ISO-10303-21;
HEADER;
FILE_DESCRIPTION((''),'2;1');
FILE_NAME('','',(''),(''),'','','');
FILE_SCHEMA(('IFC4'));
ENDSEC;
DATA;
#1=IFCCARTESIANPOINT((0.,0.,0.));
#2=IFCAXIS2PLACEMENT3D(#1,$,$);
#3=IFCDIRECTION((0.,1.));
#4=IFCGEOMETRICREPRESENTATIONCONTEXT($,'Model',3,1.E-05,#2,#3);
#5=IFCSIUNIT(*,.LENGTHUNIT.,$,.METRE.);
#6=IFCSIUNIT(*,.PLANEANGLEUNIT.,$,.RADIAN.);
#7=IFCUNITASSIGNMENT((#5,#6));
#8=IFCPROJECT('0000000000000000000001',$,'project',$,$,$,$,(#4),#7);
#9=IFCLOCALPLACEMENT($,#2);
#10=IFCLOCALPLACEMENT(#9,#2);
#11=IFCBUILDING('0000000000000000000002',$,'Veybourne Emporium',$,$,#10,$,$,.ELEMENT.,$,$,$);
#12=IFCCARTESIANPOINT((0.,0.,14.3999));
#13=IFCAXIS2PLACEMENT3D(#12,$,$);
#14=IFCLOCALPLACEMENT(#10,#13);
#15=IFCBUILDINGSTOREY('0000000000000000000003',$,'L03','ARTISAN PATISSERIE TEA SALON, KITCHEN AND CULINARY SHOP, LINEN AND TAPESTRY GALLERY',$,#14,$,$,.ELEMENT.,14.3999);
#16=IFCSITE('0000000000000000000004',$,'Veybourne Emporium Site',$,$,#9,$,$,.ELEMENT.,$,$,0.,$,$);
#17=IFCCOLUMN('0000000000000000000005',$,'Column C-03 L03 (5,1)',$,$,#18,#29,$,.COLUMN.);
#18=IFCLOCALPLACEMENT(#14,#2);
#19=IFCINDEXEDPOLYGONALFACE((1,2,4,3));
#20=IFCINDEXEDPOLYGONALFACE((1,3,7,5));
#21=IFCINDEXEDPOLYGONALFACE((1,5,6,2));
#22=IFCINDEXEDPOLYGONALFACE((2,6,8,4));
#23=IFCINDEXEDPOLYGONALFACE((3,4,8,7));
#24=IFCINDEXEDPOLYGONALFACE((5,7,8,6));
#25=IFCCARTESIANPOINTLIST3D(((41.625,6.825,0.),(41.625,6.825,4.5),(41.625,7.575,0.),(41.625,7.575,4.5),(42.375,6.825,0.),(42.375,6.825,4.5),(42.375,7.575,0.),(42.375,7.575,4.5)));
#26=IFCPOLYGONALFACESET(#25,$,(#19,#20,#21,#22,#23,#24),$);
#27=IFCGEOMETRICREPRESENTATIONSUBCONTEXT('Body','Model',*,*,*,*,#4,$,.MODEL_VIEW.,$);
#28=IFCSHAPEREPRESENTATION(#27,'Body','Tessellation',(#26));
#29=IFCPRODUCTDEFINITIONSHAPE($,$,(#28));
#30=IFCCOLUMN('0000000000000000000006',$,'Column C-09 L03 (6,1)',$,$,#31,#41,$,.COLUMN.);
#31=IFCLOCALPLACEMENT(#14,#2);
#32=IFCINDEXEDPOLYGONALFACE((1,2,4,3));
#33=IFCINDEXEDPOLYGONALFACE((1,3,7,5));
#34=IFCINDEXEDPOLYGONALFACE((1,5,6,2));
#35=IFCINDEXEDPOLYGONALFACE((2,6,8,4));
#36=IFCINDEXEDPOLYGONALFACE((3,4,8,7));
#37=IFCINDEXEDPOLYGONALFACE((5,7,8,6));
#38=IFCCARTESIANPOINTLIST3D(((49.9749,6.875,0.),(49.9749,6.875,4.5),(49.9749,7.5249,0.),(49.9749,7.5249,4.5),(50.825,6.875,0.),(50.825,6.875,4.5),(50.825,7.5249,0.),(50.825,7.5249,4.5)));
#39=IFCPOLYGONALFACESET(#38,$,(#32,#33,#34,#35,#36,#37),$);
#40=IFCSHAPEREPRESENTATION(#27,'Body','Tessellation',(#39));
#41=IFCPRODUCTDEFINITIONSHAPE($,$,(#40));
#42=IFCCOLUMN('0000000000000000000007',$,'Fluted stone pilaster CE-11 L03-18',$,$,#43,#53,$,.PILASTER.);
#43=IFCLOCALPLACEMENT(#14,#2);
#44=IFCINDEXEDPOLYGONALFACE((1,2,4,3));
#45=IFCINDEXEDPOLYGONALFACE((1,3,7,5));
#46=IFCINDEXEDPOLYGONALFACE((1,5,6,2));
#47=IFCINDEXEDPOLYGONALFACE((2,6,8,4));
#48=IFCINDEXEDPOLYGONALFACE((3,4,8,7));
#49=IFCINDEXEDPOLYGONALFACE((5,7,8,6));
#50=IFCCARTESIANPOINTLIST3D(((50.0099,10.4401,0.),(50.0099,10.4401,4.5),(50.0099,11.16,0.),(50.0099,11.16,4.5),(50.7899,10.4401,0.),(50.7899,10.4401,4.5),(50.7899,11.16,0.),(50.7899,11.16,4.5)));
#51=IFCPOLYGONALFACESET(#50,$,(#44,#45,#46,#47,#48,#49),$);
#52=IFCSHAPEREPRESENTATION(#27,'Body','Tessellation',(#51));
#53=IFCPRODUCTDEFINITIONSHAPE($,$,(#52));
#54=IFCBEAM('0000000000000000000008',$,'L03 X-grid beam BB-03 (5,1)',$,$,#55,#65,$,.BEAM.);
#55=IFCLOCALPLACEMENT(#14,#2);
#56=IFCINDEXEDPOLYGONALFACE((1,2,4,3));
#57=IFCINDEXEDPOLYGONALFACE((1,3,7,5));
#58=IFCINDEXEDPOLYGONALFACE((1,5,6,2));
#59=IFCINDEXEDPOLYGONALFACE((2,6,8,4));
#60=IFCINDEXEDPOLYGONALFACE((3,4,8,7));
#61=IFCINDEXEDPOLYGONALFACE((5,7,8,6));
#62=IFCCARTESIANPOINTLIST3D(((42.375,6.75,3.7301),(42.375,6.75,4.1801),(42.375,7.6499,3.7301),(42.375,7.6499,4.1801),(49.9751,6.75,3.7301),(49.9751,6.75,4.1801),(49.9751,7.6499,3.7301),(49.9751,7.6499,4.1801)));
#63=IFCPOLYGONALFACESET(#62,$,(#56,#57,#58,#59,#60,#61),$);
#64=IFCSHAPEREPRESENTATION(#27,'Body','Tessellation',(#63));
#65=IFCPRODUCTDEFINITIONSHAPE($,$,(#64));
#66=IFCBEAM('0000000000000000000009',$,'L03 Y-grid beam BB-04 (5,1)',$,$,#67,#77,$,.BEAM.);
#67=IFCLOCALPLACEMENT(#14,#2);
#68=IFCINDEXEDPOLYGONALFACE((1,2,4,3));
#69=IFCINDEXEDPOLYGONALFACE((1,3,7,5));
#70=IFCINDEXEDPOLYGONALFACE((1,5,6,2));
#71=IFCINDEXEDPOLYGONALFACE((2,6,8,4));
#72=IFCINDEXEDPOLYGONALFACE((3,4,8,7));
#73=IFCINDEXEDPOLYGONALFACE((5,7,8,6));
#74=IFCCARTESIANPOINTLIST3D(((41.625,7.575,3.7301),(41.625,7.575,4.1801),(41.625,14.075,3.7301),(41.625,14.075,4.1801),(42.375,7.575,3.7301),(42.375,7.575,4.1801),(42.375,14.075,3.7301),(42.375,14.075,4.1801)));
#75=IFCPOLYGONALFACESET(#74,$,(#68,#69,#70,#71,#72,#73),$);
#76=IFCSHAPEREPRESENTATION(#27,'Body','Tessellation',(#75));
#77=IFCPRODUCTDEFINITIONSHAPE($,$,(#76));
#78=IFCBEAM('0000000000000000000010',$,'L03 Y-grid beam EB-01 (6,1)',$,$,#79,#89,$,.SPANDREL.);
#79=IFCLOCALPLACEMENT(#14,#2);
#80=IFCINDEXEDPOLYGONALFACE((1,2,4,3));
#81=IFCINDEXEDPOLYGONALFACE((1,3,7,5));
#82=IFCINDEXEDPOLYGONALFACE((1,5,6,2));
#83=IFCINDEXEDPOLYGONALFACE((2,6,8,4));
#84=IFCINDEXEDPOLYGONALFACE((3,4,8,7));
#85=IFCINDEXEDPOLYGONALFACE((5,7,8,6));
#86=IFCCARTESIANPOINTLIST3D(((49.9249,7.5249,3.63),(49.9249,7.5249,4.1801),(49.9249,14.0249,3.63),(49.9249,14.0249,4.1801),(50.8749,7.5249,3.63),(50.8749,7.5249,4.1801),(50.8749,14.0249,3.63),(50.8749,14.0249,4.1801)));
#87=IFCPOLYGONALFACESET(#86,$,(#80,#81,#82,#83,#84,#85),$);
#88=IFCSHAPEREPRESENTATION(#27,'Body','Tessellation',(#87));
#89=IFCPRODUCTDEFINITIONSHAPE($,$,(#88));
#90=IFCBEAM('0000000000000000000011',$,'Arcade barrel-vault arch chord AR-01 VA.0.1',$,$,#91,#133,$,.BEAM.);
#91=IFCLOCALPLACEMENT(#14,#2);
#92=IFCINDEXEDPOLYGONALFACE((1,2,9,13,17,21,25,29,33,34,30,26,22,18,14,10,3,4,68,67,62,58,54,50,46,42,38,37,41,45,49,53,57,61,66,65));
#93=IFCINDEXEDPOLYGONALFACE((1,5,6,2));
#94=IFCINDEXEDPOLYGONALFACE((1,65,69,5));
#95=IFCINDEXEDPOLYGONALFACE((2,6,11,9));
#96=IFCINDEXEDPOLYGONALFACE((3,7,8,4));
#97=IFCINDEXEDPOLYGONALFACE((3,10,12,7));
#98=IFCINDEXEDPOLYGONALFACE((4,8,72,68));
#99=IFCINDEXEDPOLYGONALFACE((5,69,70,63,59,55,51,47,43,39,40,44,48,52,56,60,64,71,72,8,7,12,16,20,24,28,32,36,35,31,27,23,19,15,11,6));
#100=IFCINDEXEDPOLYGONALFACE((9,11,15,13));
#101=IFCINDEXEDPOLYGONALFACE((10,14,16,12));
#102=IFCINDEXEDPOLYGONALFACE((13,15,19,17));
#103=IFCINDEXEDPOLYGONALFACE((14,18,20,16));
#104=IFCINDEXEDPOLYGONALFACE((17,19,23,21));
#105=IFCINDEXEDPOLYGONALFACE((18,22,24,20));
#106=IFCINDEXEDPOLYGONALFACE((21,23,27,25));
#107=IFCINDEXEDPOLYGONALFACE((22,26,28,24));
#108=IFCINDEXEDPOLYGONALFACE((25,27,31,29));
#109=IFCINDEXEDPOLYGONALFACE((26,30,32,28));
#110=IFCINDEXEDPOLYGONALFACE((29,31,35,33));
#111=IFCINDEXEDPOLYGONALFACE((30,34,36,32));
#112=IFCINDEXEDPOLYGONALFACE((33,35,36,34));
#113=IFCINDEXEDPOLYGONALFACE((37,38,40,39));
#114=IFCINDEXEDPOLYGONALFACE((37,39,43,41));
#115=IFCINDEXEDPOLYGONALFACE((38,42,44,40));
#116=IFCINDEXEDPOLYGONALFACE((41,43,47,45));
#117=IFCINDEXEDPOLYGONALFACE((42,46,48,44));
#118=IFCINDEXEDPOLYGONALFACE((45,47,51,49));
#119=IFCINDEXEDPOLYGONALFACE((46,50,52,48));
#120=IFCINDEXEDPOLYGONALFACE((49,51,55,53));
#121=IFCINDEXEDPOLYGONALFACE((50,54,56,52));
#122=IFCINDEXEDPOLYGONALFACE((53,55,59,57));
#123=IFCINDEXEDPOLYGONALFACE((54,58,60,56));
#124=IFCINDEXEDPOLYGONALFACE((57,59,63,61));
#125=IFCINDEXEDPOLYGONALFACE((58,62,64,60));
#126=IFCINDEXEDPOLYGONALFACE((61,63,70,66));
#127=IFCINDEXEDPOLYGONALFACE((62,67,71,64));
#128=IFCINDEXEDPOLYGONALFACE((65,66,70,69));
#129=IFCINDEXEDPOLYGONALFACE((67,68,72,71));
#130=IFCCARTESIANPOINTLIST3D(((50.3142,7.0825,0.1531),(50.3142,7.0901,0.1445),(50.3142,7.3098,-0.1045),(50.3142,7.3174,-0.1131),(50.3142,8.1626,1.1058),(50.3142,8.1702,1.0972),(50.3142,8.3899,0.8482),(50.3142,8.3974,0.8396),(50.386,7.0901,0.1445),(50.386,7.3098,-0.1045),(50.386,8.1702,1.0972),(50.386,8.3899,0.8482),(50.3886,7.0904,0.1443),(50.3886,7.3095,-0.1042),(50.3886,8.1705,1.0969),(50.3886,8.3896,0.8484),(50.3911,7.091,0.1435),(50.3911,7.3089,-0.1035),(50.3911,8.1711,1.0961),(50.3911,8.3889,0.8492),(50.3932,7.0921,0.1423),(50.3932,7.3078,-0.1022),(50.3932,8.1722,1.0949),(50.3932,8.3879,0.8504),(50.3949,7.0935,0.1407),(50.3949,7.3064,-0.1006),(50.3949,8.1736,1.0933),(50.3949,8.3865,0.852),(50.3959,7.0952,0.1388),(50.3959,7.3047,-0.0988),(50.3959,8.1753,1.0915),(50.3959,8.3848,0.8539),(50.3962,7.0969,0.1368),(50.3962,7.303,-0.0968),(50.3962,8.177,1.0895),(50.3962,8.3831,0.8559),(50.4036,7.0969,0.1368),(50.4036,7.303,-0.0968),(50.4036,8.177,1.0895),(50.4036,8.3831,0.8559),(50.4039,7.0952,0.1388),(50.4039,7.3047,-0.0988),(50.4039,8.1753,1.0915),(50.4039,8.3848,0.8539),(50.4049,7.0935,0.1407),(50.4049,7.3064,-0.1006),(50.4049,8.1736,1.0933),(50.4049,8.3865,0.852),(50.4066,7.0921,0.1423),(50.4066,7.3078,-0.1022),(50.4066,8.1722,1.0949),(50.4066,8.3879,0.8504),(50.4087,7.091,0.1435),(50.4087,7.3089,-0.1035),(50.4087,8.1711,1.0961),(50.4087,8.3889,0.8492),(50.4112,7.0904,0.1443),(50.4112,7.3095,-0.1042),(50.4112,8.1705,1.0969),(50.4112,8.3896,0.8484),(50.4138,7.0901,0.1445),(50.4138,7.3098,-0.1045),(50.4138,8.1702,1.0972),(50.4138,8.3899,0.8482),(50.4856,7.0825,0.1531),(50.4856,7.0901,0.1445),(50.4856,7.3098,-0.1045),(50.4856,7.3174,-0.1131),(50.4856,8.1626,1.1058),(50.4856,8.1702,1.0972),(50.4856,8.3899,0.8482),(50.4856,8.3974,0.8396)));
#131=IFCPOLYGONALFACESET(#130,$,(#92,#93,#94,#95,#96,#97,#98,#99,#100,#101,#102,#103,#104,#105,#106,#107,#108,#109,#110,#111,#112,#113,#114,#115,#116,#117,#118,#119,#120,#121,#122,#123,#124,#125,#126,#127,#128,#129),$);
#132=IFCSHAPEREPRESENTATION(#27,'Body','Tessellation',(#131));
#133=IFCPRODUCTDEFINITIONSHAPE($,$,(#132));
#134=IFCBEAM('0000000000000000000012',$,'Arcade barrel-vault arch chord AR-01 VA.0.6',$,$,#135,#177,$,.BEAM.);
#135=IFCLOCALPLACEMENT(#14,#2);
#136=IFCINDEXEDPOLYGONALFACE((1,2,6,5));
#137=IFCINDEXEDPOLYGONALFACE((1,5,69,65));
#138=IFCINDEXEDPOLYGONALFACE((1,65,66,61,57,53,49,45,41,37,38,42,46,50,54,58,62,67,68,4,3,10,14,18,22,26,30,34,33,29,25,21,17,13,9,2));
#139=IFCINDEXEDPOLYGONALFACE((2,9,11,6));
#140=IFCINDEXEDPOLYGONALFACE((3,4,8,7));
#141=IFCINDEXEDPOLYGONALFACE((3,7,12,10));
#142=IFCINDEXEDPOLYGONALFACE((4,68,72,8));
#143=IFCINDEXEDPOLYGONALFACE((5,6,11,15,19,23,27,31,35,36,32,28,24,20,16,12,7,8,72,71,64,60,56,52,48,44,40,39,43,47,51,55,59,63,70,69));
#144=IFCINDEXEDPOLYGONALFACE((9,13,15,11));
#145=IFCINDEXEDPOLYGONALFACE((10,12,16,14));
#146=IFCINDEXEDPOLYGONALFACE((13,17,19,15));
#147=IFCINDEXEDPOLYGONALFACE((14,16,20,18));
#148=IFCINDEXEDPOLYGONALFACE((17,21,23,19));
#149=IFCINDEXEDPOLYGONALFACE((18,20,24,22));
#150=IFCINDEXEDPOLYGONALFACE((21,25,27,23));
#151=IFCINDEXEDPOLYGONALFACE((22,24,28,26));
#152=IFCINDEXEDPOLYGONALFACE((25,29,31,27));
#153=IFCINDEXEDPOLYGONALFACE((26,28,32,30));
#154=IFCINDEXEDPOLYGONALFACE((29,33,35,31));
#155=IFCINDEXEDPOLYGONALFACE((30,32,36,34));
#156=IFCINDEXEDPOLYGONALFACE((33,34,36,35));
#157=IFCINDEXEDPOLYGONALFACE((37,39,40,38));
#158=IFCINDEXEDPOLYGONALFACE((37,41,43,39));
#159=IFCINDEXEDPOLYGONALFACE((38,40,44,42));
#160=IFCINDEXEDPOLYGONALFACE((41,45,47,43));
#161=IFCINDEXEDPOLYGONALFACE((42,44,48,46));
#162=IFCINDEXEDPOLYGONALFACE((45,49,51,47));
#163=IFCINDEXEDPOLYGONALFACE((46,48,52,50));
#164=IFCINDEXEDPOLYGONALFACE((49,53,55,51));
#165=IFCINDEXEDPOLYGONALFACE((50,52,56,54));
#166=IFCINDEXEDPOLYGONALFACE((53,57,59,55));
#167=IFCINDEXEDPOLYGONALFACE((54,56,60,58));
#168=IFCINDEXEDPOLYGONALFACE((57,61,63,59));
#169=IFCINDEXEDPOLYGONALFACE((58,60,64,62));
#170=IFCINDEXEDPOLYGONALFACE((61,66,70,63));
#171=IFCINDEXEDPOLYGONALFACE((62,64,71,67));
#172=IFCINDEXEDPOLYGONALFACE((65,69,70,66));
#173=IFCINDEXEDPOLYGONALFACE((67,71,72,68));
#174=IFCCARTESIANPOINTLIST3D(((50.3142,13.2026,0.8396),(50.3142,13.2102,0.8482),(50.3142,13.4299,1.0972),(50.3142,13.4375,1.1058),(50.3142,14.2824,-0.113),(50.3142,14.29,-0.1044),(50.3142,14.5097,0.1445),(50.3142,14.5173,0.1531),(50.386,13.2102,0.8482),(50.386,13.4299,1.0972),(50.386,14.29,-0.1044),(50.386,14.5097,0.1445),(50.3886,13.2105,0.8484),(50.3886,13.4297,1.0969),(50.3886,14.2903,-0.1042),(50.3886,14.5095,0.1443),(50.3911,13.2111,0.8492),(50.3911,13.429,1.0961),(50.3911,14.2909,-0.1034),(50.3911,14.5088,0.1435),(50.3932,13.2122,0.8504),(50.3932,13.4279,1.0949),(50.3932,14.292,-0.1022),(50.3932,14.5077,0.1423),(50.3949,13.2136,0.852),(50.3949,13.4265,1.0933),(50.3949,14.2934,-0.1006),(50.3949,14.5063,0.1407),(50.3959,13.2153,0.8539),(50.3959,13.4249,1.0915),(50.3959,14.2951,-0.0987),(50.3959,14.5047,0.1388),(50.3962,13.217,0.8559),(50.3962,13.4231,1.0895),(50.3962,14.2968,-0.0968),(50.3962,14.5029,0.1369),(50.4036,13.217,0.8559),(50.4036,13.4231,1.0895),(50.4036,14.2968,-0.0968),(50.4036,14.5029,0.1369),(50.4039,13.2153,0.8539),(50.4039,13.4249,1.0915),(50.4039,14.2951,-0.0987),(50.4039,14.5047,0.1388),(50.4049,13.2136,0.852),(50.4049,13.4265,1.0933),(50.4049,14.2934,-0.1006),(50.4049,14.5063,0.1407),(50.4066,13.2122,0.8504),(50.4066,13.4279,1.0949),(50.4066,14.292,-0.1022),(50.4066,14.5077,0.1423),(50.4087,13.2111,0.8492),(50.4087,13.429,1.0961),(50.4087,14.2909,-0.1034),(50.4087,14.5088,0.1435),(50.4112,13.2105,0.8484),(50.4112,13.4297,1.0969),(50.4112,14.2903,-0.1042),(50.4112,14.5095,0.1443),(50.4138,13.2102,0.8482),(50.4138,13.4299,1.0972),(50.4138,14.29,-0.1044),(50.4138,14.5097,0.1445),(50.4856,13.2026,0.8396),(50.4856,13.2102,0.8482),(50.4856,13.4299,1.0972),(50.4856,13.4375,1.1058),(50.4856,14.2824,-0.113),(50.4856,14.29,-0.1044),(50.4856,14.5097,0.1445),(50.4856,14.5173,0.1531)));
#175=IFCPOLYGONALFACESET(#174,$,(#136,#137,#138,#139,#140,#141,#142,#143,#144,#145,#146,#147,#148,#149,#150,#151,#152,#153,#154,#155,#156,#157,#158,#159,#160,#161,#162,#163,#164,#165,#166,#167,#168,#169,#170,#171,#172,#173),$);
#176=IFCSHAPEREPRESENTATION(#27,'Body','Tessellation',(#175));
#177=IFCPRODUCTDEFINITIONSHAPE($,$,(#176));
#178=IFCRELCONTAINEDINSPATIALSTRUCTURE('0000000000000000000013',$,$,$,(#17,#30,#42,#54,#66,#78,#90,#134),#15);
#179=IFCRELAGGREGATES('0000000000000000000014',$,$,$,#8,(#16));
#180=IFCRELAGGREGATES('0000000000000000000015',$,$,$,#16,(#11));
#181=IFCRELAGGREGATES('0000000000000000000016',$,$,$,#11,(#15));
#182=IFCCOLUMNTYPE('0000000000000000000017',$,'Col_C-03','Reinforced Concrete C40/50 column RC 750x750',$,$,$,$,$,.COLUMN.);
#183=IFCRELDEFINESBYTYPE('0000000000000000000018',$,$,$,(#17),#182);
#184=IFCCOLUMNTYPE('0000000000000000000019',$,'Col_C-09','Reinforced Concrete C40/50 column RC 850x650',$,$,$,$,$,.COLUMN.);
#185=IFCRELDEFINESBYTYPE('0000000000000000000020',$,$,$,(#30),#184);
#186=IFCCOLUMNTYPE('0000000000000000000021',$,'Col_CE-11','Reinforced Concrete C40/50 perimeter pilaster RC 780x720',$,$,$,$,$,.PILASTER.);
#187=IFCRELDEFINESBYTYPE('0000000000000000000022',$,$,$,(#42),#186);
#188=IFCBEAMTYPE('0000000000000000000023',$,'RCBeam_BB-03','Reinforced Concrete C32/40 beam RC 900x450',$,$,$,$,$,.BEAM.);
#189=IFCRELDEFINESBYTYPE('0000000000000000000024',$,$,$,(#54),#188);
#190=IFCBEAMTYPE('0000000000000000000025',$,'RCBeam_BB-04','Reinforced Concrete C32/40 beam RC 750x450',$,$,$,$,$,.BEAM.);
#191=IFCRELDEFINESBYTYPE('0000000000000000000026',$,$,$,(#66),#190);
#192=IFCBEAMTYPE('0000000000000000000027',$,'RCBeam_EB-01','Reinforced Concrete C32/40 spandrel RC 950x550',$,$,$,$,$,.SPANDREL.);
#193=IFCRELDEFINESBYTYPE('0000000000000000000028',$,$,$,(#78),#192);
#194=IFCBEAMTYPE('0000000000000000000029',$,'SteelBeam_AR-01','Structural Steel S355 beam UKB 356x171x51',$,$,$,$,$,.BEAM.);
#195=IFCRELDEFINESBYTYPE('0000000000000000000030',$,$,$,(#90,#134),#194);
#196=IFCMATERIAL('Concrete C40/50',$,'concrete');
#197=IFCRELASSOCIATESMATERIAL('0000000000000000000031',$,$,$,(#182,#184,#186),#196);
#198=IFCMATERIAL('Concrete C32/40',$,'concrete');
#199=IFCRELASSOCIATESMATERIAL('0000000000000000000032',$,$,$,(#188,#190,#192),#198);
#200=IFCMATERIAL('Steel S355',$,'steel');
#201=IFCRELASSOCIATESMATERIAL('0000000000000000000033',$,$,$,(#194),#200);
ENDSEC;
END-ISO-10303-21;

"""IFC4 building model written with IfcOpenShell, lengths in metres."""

from ifc_helpers import new_model, si_unit, direction, frame, origin, origin_2d, place, context, subcontext, project, spatial, rectangle, i_section, extrude, material, material_profile, profile_set, type_object, element, save


model = new_model("IFC4")

# Units and contexts
model_context = context("Model", 3, precision=1e-05, world=origin(), true_north=direction((0.0, 1.0)))
body_context = subcontext(model_context, "Body", "Model", "MODEL_VIEW")
ifc_project = project(units=[si_unit("LENGTHUNIT", "METRE"), si_unit("PLANEANGLEUNIT", "RADIAN")], contexts=[model_context])

# Site, building, storey
site_placement = place(None, origin())
site = spatial("IfcSite", under=ifc_project, at=site_placement, Name="Veybourne Emporium Site", CompositionType="ELEMENT", RefElevation=0.0)
building_placement = place(site_placement, origin())
building = spatial("IfcBuilding", under=site, at=building_placement, Name="Veybourne Emporium", CompositionType="ELEMENT")
storey_placement = place(building_placement, frame((0.0, 0.0, 14.3999)))
storey = spatial("IfcBuildingStorey", under=building, at=storey_placement, Name="L03", Description="ARTISAN PATISSERIE TEA SALON, KITCHEN AND CULINARY SHOP, LINEN AND TAPESTRY GALLERY", CompositionType="ELEMENT", Elevation=14.3999)

# Columns
ifc_material_1 = material(Name="Concrete C40/50", Category="concrete")
ifc_material_profile_1 = material_profile(ifc_material_1, rectangle(XDim=0.75, YDim=0.75, at=origin_2d()), Name="RC 750x750")
ifc_profile_set_1 = profile_set([ifc_material_profile_1], Name="Concrete C40/50")
column_type_1 = type_object("IfcColumnType", Name="Col_C-03", Description="Reinforced Concrete C40/50 column RC 750x750", PredefinedType="COLUMN", material=ifc_profile_set_1)
column_1_placement = place(storey_placement, frame((42.0, 7.2, 0.0), z_axis=(0.0, 0.0, 1.0), x_axis=(1.0, 0.0, 0.0)))
element("IfcColumn", 1, at=column_1_placement, inside=storey, type_object=column_type_1, Name="Column C-03 L03 (5,1)", PredefinedType="COLUMN", context=body_context, shape_type="SweptSolid", body=[
    extrude(rectangle(XDim=0.75, YDim=0.75, at=origin_2d()), origin(), (0.0, 0.0, 1.0), 4.5),
])
ifc_material_profile_2 = material_profile(ifc_material_1, rectangle(XDim=0.8501, YDim=0.6499, at=origin_2d()), Name="RC 850x650")
ifc_profile_set_2 = profile_set([ifc_material_profile_2], Name="Concrete C40/50")
column_type_2 = type_object("IfcColumnType", Name="Col_C-09", Description="Reinforced Concrete C40/50 column RC 850x650", PredefinedType="COLUMN", material=ifc_profile_set_2)
column_2_placement = place(storey_placement, frame((50.3999, 7.2, 0.0), z_axis=(0.0, 0.0, 1.0), x_axis=(1.0, 0.0, 0.0)))
element("IfcColumn", 2, at=column_2_placement, inside=storey, type_object=column_type_2, Name="Column C-09 L03 (6,1)", PredefinedType="COLUMN", context=body_context, shape_type="SweptSolid", body=[
    extrude(rectangle(XDim=0.8501, YDim=0.6499, at=origin_2d()), origin(), (0.0, 0.0, 1.0), 4.5),
])
ifc_material_profile_3 = material_profile(ifc_material_1, rectangle(XDim=0.78, YDim=0.72, at=origin_2d()), Name="RC 780x720")
ifc_profile_set_3 = profile_set([ifc_material_profile_3], Name="Concrete C40/50")
column_type_3 = type_object("IfcColumnType", Name="Col_CE-11", Description="Reinforced Concrete C40/50 perimeter pilaster RC 780x720", PredefinedType="PILASTER", material=ifc_profile_set_3)
column_3_placement = place(storey_placement, frame((50.3999, 10.8, 0.0), z_axis=(0.0, 0.0, 1.0), x_axis=(1.0, 0.0, 0.0)))
element("IfcColumn", 3, at=column_3_placement, inside=storey, type_object=column_type_3, Name="Fluted stone pilaster CE-11 L03-18", PredefinedType="PILASTER", context=body_context, shape_type="SweptSolid", body=[
    extrude(rectangle(XDim=0.78, YDim=0.72, at=origin_2d()), origin(), (0.0, 0.0, 1.0), 4.5),
])

# Beams
ifc_material_2 = material(Name="Concrete C32/40", Category="concrete")
ifc_material_profile_4 = material_profile(ifc_material_2, rectangle(XDim=0.8999, YDim=0.45, at=origin_2d()), Name="RC 900x450")
ifc_profile_set_4 = profile_set([ifc_material_profile_4], Name="Concrete C32/40")
beam_type_1 = type_object("IfcBeamType", Name="RCBeam_BB-03", Description="Reinforced Concrete C32/40 beam RC 900x450", PredefinedType="BEAM", material=ifc_profile_set_4)
beam_1_placement = place(storey_placement, frame((42.375, 7.2, 3.9551), z_axis=(1.0, 0.0, 0.0), x_axis=(0.0, 1.0, 0.0)))
element("IfcBeam", 4, at=beam_1_placement, inside=storey, type_object=beam_type_1, Name="L03 X-grid beam BB-03 (5,1)", PredefinedType="BEAM", context=body_context, shape_type="SweptSolid", body=[
    extrude(rectangle(XDim=0.8999, YDim=0.45, at=origin_2d()), origin(), (0.0, 0.0, 1.0), 7.6001),
])
ifc_material_profile_5 = material_profile(ifc_material_2, rectangle(XDim=0.75, YDim=0.45, at=origin_2d()), Name="RC 750x450")
ifc_profile_set_5 = profile_set([ifc_material_profile_5], Name="Concrete C32/40")
beam_type_2 = type_object("IfcBeamType", Name="RCBeam_BB-04", Description="Reinforced Concrete C32/40 beam RC 750x450", PredefinedType="BEAM", material=ifc_profile_set_5)
beam_2_placement = place(storey_placement, frame((42.0, 7.575, 3.9551), z_axis=(0.0, 1.0, 0.0), x_axis=(-1.0, 0.0, 0.0)))
element("IfcBeam", 5, at=beam_2_placement, inside=storey, type_object=beam_type_2, Name="L03 Y-grid beam BB-04 (5,1)", PredefinedType="BEAM", context=body_context, shape_type="SweptSolid", body=[
    extrude(rectangle(XDim=0.75, YDim=0.45, at=origin_2d()), origin(), (0.0, 0.0, 1.0), 6.5),
])
ifc_material_profile_6 = material_profile(ifc_material_2, rectangle(XDim=0.95, YDim=0.55, at=origin_2d()), Name="RC 950x550")
ifc_profile_set_6 = profile_set([ifc_material_profile_6], Name="Concrete C32/40")
beam_type_3 = type_object("IfcBeamType", Name="RCBeam_EB-01", Description="Reinforced Concrete C32/40 spandrel RC 950x550", PredefinedType="SPANDREL", material=ifc_profile_set_6)
beam_3_placement = place(storey_placement, frame((50.3999, 7.5249, 3.905), z_axis=(0.0, 1.0, 0.0), x_axis=(-1.0, 0.0, 0.0)))
element("IfcBeam", 6, at=beam_3_placement, inside=storey, type_object=beam_type_3, Name="L03 Y-grid beam EB-01 (6,1)", PredefinedType="SPANDREL", context=body_context, shape_type="SweptSolid", body=[
    extrude(rectangle(XDim=0.95, YDim=0.55, at=origin_2d()), origin(), (0.0, 0.0, 1.0), 6.5),
])
ifc_material_3 = material(Name="Steel S355", Category="steel")
ifc_material_profile_7 = material_profile(ifc_material_3, i_section(OverallWidth=0.1714, OverallDepth=0.355, WebThickness=0.0073, FlangeThickness=0.0115, FilletRadius=0.0103, at=origin_2d()), Name="UKB 356x171x51")
ifc_profile_set_7 = profile_set([ifc_material_profile_7], Name="Steel S355")
beam_type_4 = type_object("IfcBeamType", Name="SteelBeam_AR-01", Description="Structural Steel S355 beam UKB 356x171x51", PredefinedType="BEAM", material=ifc_profile_set_7)
beam_4_placement = place(storey_placement, frame((50.3999, 7.2, 0.02), z_axis=(0.0, 0.749966, 0.661476), x_axis=(-1.0, 0.0, 0.0)))
element("IfcBeam", 7, at=beam_4_placement, inside=storey, type_object=beam_type_4, Name="Arcade barrel-vault arch chord AR-01 VA.0.1", PredefinedType="BEAM", context=body_context, shape_type="SweptSolid", body=[
    extrude(i_section(OverallWidth=0.1714, OverallDepth=0.355, WebThickness=0.0073, FlangeThickness=0.0115, FilletRadius=0.0103, at=origin_2d()), origin(), (0.0, 0.0, 1.0), 1.4402),
])
beam_5_placement = place(storey_placement, frame((50.3999, 13.3201, 0.9727), z_axis=(0.0, 0.749892, -0.66156), x_axis=(-1.0, 0.0, 0.0)))
element("IfcBeam", 8, at=beam_5_placement, inside=storey, type_object=beam_type_4, Name="Arcade barrel-vault arch chord AR-01 VA.0.6", PredefinedType="BEAM", context=body_context, shape_type="SweptSolid", body=[
    extrude(i_section(OverallWidth=0.1714, OverallDepth=0.355, WebThickness=0.0073, FlangeThickness=0.0115, FilletRadius=0.0103, at=origin_2d()), origin(), (0.0, 0.0, 1.0), 1.4399),
])

save(model, "model.ifc")
